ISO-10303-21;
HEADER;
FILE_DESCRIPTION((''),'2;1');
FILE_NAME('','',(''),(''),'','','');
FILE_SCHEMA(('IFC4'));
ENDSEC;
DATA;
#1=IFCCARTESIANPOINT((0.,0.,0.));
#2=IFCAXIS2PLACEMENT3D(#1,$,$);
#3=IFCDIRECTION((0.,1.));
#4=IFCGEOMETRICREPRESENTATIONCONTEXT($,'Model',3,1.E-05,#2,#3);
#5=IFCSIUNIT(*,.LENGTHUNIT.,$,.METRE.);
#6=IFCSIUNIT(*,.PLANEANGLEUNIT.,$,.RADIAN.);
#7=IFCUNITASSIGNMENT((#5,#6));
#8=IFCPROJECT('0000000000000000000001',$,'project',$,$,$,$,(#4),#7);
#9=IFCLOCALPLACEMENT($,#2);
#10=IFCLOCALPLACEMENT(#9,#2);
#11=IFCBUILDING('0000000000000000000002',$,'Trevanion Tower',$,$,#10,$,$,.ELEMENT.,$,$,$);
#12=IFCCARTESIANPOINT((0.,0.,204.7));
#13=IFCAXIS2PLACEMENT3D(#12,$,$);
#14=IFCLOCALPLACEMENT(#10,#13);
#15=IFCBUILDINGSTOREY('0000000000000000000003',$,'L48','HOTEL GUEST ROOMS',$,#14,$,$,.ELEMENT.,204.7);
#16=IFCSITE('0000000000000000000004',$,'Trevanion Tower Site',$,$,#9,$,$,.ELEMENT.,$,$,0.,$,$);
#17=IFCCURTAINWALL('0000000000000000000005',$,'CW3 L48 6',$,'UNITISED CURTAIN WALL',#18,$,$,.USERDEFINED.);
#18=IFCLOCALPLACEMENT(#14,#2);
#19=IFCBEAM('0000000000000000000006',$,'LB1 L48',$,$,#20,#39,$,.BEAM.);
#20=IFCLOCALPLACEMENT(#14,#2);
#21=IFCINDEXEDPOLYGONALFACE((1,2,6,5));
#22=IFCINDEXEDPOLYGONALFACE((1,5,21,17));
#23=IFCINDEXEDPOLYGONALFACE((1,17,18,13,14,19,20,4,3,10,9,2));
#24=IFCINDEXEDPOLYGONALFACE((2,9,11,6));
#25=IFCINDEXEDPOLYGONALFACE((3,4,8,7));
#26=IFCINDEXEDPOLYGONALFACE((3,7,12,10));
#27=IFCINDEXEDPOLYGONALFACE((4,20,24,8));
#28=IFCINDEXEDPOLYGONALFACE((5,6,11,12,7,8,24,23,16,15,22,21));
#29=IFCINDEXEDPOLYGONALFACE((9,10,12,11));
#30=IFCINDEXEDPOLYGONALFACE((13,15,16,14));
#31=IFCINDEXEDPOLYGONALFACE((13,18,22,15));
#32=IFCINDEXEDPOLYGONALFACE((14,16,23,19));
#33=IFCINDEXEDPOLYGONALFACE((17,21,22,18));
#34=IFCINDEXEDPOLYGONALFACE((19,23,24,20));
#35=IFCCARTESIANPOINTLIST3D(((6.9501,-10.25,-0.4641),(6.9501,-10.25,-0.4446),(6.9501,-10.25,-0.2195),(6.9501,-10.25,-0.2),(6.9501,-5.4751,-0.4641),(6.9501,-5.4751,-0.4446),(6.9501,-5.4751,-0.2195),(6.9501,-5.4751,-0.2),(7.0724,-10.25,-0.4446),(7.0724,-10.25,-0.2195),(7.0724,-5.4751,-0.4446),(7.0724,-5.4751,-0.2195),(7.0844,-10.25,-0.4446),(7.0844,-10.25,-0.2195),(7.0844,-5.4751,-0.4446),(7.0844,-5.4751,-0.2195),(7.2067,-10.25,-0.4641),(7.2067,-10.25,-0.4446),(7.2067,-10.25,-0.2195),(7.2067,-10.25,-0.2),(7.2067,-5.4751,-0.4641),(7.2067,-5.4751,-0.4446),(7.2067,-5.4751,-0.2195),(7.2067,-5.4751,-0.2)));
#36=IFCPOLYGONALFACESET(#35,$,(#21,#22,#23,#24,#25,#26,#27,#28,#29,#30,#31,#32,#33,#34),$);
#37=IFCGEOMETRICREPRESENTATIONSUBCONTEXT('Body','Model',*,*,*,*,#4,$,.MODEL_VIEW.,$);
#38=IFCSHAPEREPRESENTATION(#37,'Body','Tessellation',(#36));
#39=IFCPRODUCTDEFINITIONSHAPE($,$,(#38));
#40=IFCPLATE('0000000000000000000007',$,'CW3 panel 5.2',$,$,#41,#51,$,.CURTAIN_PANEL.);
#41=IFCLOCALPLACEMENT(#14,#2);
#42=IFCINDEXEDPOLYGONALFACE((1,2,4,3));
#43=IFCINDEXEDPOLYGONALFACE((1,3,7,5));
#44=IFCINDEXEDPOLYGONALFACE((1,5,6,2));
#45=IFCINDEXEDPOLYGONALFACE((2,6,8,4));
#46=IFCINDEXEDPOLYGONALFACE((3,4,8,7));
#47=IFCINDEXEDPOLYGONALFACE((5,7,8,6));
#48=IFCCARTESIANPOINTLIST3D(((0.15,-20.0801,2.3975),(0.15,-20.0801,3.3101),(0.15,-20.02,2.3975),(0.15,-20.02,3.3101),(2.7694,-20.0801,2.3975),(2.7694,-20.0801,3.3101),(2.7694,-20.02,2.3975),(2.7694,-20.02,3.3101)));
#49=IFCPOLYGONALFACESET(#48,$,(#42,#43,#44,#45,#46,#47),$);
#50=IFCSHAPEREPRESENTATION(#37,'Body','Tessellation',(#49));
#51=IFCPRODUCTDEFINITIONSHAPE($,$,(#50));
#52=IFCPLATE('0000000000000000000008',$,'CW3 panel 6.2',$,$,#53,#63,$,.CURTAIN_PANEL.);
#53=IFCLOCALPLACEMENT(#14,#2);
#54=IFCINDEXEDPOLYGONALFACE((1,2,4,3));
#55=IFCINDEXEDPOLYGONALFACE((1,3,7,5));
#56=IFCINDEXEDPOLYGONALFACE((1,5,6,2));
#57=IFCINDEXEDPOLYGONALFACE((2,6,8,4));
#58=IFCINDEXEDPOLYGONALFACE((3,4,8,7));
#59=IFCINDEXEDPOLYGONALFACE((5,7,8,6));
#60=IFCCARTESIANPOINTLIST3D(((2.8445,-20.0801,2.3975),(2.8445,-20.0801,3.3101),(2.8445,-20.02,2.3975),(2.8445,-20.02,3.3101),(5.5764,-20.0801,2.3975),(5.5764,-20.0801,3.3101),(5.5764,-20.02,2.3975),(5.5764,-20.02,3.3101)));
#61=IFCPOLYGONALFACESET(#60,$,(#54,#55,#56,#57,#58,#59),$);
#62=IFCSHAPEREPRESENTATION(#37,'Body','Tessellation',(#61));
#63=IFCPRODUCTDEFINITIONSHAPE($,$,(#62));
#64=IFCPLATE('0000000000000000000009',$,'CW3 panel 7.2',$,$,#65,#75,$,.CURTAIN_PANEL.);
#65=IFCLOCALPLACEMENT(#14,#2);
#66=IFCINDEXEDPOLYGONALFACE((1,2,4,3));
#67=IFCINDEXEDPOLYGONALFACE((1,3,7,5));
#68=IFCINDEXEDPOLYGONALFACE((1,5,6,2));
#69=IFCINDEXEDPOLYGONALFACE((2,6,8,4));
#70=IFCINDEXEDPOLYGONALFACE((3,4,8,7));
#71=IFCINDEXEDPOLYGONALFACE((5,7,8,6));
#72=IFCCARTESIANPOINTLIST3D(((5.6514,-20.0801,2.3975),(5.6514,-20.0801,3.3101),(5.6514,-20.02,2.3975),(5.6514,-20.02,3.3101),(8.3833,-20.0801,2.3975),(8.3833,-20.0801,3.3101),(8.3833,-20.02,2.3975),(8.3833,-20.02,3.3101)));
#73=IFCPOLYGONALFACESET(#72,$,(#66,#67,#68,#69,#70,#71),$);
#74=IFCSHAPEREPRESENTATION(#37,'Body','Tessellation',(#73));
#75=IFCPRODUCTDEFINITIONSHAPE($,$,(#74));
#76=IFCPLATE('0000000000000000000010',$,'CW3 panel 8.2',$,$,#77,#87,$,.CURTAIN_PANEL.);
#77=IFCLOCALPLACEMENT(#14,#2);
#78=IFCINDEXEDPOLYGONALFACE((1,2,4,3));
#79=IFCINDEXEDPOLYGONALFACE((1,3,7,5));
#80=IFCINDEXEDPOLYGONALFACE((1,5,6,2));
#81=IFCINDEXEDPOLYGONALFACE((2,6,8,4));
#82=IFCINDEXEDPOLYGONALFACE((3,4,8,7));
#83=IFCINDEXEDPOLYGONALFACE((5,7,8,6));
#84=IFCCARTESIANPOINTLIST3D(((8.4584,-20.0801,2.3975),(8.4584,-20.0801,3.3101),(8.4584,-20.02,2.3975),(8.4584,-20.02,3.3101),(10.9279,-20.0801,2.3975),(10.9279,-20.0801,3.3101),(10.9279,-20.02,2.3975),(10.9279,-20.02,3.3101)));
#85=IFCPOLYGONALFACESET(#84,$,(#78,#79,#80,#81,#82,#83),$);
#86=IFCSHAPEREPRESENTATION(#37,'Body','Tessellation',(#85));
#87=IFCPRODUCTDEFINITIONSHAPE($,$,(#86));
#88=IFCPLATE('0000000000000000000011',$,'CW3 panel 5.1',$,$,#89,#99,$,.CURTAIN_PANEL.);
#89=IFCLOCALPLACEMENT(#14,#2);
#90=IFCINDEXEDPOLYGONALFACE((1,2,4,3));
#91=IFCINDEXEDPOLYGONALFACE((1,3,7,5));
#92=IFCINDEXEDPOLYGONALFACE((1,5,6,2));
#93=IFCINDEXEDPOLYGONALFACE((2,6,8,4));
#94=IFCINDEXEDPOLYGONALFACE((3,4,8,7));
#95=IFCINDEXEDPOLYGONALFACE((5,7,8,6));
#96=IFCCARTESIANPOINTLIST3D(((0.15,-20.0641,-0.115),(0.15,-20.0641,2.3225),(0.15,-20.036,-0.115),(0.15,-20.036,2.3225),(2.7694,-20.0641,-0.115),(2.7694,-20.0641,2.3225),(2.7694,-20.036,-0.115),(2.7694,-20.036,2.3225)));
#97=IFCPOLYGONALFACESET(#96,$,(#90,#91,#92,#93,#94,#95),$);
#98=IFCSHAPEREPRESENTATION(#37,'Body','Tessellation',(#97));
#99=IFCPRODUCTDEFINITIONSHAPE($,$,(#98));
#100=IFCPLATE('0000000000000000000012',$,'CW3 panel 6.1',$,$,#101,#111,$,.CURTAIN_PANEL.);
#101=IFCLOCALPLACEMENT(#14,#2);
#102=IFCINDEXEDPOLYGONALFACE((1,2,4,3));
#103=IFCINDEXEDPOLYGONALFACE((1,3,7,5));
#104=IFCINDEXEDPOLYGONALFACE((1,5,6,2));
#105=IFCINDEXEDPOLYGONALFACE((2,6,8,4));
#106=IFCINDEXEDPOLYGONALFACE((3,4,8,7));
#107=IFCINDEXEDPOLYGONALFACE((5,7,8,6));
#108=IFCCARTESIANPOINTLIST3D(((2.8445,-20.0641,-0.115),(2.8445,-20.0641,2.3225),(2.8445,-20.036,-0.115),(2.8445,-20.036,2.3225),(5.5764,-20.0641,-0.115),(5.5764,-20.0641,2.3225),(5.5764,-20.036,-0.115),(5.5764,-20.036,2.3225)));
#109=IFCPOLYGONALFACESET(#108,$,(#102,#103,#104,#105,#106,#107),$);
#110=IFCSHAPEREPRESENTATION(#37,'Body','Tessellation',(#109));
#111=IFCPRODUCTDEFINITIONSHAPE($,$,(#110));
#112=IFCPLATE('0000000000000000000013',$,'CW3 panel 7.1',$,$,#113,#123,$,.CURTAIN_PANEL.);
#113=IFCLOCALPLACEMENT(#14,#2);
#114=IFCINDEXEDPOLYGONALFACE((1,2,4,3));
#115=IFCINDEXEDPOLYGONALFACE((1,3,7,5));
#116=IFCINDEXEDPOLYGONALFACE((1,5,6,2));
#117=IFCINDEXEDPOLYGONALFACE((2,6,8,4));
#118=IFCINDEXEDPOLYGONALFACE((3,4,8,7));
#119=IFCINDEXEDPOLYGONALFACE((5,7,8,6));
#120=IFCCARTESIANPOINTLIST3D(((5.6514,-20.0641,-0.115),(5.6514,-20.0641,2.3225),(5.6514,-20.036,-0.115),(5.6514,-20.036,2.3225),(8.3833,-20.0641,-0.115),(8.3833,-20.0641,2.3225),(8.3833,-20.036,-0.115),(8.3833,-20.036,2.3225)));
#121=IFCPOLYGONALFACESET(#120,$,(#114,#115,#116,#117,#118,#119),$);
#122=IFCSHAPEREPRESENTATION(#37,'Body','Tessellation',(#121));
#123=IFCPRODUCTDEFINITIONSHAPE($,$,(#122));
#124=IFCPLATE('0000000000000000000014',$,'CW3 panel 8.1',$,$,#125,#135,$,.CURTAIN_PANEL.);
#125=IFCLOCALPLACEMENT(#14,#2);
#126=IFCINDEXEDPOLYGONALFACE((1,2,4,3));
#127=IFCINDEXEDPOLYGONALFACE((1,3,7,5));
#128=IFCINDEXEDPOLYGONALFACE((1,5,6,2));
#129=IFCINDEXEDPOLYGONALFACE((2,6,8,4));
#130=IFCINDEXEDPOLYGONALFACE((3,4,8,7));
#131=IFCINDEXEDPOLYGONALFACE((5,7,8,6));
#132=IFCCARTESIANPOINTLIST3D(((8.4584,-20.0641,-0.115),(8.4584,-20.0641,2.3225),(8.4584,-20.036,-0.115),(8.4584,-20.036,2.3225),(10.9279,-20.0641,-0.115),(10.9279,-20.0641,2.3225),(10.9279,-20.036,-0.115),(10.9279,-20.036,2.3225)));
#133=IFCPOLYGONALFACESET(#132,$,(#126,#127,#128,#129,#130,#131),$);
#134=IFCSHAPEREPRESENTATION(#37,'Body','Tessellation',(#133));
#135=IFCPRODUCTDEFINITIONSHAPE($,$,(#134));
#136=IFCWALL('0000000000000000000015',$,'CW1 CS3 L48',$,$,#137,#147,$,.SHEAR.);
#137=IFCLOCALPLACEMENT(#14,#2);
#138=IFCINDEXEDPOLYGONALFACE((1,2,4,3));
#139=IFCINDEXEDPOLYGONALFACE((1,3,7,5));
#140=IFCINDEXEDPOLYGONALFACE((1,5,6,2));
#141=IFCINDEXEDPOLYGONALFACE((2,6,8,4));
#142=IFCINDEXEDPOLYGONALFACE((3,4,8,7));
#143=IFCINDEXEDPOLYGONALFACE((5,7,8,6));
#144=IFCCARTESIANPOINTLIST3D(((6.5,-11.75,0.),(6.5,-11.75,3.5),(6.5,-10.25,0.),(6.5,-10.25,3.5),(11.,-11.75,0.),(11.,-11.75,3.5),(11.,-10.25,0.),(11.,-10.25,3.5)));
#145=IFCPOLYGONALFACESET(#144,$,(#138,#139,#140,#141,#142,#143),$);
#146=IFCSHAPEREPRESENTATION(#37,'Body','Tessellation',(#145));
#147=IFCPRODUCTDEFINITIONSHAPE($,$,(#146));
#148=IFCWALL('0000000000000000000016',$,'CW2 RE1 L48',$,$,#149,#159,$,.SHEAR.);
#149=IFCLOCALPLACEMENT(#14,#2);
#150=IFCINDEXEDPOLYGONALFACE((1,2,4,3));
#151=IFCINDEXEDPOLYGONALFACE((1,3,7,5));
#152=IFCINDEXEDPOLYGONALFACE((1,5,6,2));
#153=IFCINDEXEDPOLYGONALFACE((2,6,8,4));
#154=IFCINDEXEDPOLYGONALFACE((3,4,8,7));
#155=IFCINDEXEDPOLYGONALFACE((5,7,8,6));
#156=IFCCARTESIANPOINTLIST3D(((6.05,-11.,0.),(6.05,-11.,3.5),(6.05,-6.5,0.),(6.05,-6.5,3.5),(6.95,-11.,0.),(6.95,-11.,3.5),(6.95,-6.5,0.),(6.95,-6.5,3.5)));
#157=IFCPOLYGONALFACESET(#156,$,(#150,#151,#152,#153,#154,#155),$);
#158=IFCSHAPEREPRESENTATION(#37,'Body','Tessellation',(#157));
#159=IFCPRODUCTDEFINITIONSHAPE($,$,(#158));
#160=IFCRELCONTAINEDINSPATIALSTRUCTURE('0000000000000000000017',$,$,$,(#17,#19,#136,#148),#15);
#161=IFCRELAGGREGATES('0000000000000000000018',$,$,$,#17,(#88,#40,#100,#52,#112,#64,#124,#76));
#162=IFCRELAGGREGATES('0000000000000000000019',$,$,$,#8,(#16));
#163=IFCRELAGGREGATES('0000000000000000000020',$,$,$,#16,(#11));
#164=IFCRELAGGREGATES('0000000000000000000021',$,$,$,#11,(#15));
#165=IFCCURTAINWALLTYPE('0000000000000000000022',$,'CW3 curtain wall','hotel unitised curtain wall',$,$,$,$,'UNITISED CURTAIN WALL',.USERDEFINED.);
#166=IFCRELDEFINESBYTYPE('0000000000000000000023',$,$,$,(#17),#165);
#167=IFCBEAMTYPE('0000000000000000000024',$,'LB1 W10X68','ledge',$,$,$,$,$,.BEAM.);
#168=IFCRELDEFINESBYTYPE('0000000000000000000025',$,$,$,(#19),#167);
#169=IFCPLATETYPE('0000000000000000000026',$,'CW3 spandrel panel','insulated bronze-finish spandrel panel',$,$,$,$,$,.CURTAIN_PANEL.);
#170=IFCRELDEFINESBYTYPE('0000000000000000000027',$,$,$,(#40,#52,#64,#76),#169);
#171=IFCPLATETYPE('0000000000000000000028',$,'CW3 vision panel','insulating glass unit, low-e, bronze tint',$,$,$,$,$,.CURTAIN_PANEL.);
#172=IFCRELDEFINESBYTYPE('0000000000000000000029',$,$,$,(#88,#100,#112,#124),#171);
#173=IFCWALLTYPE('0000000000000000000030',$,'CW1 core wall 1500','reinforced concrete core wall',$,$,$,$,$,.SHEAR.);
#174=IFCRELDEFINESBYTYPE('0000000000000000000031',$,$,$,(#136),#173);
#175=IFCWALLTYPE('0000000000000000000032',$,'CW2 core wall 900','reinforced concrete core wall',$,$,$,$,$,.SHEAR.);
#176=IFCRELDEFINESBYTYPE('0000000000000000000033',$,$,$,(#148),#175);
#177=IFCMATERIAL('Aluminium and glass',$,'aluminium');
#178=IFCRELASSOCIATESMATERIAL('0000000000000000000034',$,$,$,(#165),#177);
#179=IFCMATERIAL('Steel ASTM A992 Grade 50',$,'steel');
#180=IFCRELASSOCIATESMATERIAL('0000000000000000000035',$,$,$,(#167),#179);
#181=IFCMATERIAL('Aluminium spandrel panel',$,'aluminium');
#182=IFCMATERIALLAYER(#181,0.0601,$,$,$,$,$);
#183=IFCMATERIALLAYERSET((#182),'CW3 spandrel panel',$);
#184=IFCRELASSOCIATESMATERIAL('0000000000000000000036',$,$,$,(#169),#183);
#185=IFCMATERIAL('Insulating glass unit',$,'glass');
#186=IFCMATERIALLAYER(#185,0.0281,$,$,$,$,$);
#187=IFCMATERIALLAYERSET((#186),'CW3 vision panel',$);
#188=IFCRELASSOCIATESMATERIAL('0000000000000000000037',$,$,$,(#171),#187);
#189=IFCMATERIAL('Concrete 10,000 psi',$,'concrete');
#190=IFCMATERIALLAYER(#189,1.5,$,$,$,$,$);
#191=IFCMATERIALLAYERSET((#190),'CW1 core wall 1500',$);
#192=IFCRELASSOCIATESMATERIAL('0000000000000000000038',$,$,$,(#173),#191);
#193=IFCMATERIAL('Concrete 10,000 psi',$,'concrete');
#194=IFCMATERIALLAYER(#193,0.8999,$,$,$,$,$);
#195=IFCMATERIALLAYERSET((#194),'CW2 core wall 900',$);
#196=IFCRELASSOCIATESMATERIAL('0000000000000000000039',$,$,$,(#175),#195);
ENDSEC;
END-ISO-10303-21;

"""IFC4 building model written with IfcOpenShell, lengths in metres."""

from ifc_helpers import new_model, si_unit, direction, frame, frame_2d, origin, origin_2d, place, context, subcontext, project, spatial, rectangle, i_section, extrude, material, layer, layer_set, material_profile, profile_set, type_object, element, aggregate, save


model = new_model("IFC4")

# Units and contexts
model_context = context("Model", 3, precision=1e-05, world=origin(), true_north=direction((0.0, 1.0)))
body_context = subcontext(model_context, "Body", "Model", "MODEL_VIEW")
ifc_project = project(units=[si_unit("LENGTHUNIT", "METRE"), si_unit("PLANEANGLEUNIT", "RADIAN")], contexts=[model_context])

# Site, building, storey
site_placement = place(None, origin())
site = spatial("IfcSite", under=ifc_project, at=site_placement, Name="Trevanion Tower Site", CompositionType="ELEMENT", RefElevation=0.0)
building_placement = place(site_placement, origin())
building = spatial("IfcBuilding", under=site, at=building_placement, Name="Trevanion Tower", CompositionType="ELEMENT")
storey_placement = place(building_placement, frame((0.0, 0.0, 204.7)))
storey = spatial("IfcBuildingStorey", under=building, at=storey_placement, Name="L48", Description="HOTEL GUEST ROOMS", CompositionType="ELEMENT", Elevation=204.7)

# Curtain wall
ifc_material_1 = material(Name="Aluminium and glass", Category="aluminium")
curtain_wall_type = type_object("IfcCurtainWallType", Name="CW3 curtain wall", Description="hotel unitised curtain wall", ElementType="UNITISED CURTAIN WALL", PredefinedType="USERDEFINED", material=ifc_material_1)
curtain_wall_placement = place(storey_placement, origin())
curtain_wall = element("IfcCurtainWall", 1, at=curtain_wall_placement, inside=storey, type_object=curtain_wall_type, Name="CW3 L48 6", ObjectType="UNITISED CURTAIN WALL", PredefinedType="USERDEFINED")

# Beam
ifc_material_2 = material(Name="Steel ASTM A992 Grade 50", Category="steel")
ifc_material_profile_1 = material_profile(ifc_material_2, i_section(OverallWidth=0.2566, OverallDepth=0.2642, WebThickness=0.012, FlangeThickness=0.0195, at=origin_2d()), Name="W10X68")
ifc_profile_set_1 = profile_set([ifc_material_profile_1], Name="Steel ASTM A992 Grade 50")
beam_type_1 = type_object("IfcBeamType", Name="LB1 W10X68", Description="ledge", PredefinedType="BEAM", material=ifc_profile_set_1)
beam_placement = place(storey_placement, frame((7.0784, -10.25, -0.332), z_axis=(0.0, 1.0, 0.0), x_axis=(-1.0, 0.0, 0.0)))
element("IfcBeam", 2, at=beam_placement, inside=storey, type_object=beam_type_1, Name="LB1 L48", PredefinedType="BEAM", context=body_context, shape_type="SweptSolid", body=[
    extrude(i_section(OverallWidth=0.2566, OverallDepth=0.2642, WebThickness=0.012, FlangeThickness=0.0195, at=origin_2d()), origin(), (0.0, 0.0, 1.0), 4.7749),
])

# Plates
ifc_material_3 = material(Name="Aluminium spandrel panel", Category="aluminium")
ifc_layer_1 = layer(ifc_material_3, 0.0601)
ifc_layer_set_1 = layer_set([ifc_layer_1], Name="CW3 spandrel panel")
plate_type_1 = type_object("IfcPlateType", Name="CW3 spandrel panel", Description="insulated bronze-finish spandrel panel", PredefinedType="CURTAIN_PANEL", material=ifc_layer_set_1)
plate_1_placement = place(storey_placement, frame((1.4597, -20.05, 2.3975), z_axis=(0.0, 0.0, 1.0), x_axis=(1.0, 0.0, 0.0)))
plate_1 = element("IfcPlate", 3, at=plate_1_placement, type_object=plate_type_1, Name="CW3 panel 5.2", PredefinedType="CURTAIN_PANEL", context=body_context, shape_type="SweptSolid", body=[
    extrude(rectangle(XDim=2.6194, YDim=0.0601, at=origin_2d()), origin(), (0.0, 0.0, 1.0), 0.9126),
])
plate_2_placement = place(storey_placement, frame((4.2104, -20.05, 2.3975), z_axis=(0.0, 0.0, 1.0), x_axis=(1.0, 0.0, 0.0)))
plate_2 = element("IfcPlate", 4, at=plate_2_placement, type_object=plate_type_1, Name="CW3 panel 6.2", PredefinedType="CURTAIN_PANEL", context=body_context, shape_type="SweptSolid", body=[
    extrude(rectangle(XDim=2.7319, YDim=0.0601, at=origin_2d()), origin(), (0.0, 0.0, 1.0), 0.9126),
])
plate_3_placement = place(storey_placement, frame((7.0173, -20.05, 2.3975), z_axis=(0.0, 0.0, 1.0), x_axis=(1.0, 0.0, 0.0)))
plate_3 = element("IfcPlate", 5, at=plate_3_placement, type_object=plate_type_1, Name="CW3 panel 7.2", PredefinedType="CURTAIN_PANEL", context=body_context, shape_type="SweptSolid", body=[
    extrude(rectangle(XDim=2.7319, YDim=0.0601, at=origin_2d()), origin(), (0.0, 0.0, 1.0), 0.9126),
])
plate_4_placement = place(storey_placement, frame((9.6931, -20.05, 2.3975), z_axis=(0.0, 0.0, 1.0), x_axis=(1.0, 0.0, 0.0)))
plate_4 = element("IfcPlate", 6, at=plate_4_placement, type_object=plate_type_1, Name="CW3 panel 8.2", PredefinedType="CURTAIN_PANEL", context=body_context, shape_type="SweptSolid", body=[
    extrude(rectangle(XDim=2.4695, YDim=0.0601, at=origin_2d()), origin(), (0.0, 0.0, 1.0), 0.9126),
])
ifc_material_4 = material(Name="Insulating glass unit", Category="glass")
ifc_layer_2 = layer(ifc_material_4, 0.0281)
ifc_layer_set_2 = layer_set([ifc_layer_2], Name="CW3 vision panel")
plate_type_2 = type_object("IfcPlateType", Name="CW3 vision panel", Description="insulating glass unit, low-e, bronze tint", PredefinedType="CURTAIN_PANEL", material=ifc_layer_set_2)
plate_5_placement = place(storey_placement, frame((1.4597, -20.05, -0.115), z_axis=(0.0, 0.0, 1.0), x_axis=(1.0, 0.0, 0.0)))
plate_5 = element("IfcPlate", 7, at=plate_5_placement, type_object=plate_type_2, Name="CW3 panel 5.1", PredefinedType="CURTAIN_PANEL", context=body_context, shape_type="SweptSolid", body=[
    extrude(rectangle(XDim=2.6194, YDim=0.0281, at=origin_2d()), origin(), (0.0, 0.0, 1.0), 2.4375),
])
plate_6_placement = place(storey_placement, frame((4.2104, -20.05, -0.115), z_axis=(0.0, 0.0, 1.0), x_axis=(1.0, 0.0, 0.0)))
plate_6 = element("IfcPlate", 8, at=plate_6_placement, type_object=plate_type_2, Name="CW3 panel 6.1", PredefinedType="CURTAIN_PANEL", context=body_context, shape_type="SweptSolid", body=[
    extrude(rectangle(XDim=2.7319, YDim=0.0281, at=origin_2d()), origin(), (0.0, 0.0, 1.0), 2.4375),
])
plate_7_placement = place(storey_placement, frame((7.0173, -20.05, -0.115), z_axis=(0.0, 0.0, 1.0), x_axis=(1.0, 0.0, 0.0)))
plate_7 = element("IfcPlate", 9, at=plate_7_placement, type_object=plate_type_2, Name="CW3 panel 7.1", PredefinedType="CURTAIN_PANEL", context=body_context, shape_type="SweptSolid", body=[
    extrude(rectangle(XDim=2.7319, YDim=0.0281, at=origin_2d()), origin(), (0.0, 0.0, 1.0), 2.4375),
])
plate_8_placement = place(storey_placement, frame((9.6931, -20.05, -0.115), z_axis=(0.0, 0.0, 1.0), x_axis=(1.0, 0.0, 0.0)))
plate_8 = element("IfcPlate", 10, at=plate_8_placement, type_object=plate_type_2, Name="CW3 panel 8.1", PredefinedType="CURTAIN_PANEL", context=body_context, shape_type="SweptSolid", body=[
    extrude(rectangle(XDim=2.4695, YDim=0.0281, at=origin_2d()), origin(), (0.0, 0.0, 1.0), 2.4375),
])
aggregate(curtain_wall, [plate_5, plate_1, plate_6, plate_2, plate_7, plate_3, plate_8, plate_4])

# Walls
ifc_material_5 = material(Name="Concrete 10,000 psi", Category="concrete")
ifc_layer_3 = layer(ifc_material_5, 1.5)
ifc_layer_set_3 = layer_set([ifc_layer_3], Name="CW1 core wall 1500")
wall_type_1 = type_object("IfcWallType", Name="CW1 core wall 1500", Description="reinforced concrete core wall", PredefinedType="SHEAR", material=ifc_layer_set_3)
wall_1_placement = place(storey_placement, frame((6.5, -11.0, 0.0), z_axis=(0.0, 0.0, 1.0), x_axis=(1.0, 0.0, 0.0)))
element("IfcWall", 11, at=wall_1_placement, inside=storey, type_object=wall_type_1, Name="CW1 CS3 L48", PredefinedType="SHEAR", context=body_context, shape_type="SweptSolid", body=[
    extrude(rectangle(XDim=4.5, YDim=1.5, at=frame_2d((2.25, 0.0))), origin(), (0.0, 0.0, 1.0), 3.5),
])
ifc_material_6 = material(Name="Concrete 10,000 psi", Category="concrete")
ifc_layer_4 = layer(ifc_material_6, 0.8999)
ifc_layer_set_4 = layer_set([ifc_layer_4], Name="CW2 core wall 900")
wall_type_2 = type_object("IfcWallType", Name="CW2 core wall 900", Description="reinforced concrete core wall", PredefinedType="SHEAR", material=ifc_layer_set_4)
wall_2_placement = place(storey_placement, frame((6.5, -11.0, 0.0), z_axis=(0.0, 0.0, 1.0), x_axis=(0.0, 1.0, 0.0)))
element("IfcWall", 12, at=wall_2_placement, inside=storey, type_object=wall_type_2, Name="CW2 RE1 L48", PredefinedType="SHEAR", context=body_context, shape_type="SweptSolid", body=[
    extrude(rectangle(XDim=4.5, YDim=0.8999, at=frame_2d((2.25, 0.0))), origin(), (0.0, 0.0, 1.0), 3.5),
])

save(model, "model.ifc")
